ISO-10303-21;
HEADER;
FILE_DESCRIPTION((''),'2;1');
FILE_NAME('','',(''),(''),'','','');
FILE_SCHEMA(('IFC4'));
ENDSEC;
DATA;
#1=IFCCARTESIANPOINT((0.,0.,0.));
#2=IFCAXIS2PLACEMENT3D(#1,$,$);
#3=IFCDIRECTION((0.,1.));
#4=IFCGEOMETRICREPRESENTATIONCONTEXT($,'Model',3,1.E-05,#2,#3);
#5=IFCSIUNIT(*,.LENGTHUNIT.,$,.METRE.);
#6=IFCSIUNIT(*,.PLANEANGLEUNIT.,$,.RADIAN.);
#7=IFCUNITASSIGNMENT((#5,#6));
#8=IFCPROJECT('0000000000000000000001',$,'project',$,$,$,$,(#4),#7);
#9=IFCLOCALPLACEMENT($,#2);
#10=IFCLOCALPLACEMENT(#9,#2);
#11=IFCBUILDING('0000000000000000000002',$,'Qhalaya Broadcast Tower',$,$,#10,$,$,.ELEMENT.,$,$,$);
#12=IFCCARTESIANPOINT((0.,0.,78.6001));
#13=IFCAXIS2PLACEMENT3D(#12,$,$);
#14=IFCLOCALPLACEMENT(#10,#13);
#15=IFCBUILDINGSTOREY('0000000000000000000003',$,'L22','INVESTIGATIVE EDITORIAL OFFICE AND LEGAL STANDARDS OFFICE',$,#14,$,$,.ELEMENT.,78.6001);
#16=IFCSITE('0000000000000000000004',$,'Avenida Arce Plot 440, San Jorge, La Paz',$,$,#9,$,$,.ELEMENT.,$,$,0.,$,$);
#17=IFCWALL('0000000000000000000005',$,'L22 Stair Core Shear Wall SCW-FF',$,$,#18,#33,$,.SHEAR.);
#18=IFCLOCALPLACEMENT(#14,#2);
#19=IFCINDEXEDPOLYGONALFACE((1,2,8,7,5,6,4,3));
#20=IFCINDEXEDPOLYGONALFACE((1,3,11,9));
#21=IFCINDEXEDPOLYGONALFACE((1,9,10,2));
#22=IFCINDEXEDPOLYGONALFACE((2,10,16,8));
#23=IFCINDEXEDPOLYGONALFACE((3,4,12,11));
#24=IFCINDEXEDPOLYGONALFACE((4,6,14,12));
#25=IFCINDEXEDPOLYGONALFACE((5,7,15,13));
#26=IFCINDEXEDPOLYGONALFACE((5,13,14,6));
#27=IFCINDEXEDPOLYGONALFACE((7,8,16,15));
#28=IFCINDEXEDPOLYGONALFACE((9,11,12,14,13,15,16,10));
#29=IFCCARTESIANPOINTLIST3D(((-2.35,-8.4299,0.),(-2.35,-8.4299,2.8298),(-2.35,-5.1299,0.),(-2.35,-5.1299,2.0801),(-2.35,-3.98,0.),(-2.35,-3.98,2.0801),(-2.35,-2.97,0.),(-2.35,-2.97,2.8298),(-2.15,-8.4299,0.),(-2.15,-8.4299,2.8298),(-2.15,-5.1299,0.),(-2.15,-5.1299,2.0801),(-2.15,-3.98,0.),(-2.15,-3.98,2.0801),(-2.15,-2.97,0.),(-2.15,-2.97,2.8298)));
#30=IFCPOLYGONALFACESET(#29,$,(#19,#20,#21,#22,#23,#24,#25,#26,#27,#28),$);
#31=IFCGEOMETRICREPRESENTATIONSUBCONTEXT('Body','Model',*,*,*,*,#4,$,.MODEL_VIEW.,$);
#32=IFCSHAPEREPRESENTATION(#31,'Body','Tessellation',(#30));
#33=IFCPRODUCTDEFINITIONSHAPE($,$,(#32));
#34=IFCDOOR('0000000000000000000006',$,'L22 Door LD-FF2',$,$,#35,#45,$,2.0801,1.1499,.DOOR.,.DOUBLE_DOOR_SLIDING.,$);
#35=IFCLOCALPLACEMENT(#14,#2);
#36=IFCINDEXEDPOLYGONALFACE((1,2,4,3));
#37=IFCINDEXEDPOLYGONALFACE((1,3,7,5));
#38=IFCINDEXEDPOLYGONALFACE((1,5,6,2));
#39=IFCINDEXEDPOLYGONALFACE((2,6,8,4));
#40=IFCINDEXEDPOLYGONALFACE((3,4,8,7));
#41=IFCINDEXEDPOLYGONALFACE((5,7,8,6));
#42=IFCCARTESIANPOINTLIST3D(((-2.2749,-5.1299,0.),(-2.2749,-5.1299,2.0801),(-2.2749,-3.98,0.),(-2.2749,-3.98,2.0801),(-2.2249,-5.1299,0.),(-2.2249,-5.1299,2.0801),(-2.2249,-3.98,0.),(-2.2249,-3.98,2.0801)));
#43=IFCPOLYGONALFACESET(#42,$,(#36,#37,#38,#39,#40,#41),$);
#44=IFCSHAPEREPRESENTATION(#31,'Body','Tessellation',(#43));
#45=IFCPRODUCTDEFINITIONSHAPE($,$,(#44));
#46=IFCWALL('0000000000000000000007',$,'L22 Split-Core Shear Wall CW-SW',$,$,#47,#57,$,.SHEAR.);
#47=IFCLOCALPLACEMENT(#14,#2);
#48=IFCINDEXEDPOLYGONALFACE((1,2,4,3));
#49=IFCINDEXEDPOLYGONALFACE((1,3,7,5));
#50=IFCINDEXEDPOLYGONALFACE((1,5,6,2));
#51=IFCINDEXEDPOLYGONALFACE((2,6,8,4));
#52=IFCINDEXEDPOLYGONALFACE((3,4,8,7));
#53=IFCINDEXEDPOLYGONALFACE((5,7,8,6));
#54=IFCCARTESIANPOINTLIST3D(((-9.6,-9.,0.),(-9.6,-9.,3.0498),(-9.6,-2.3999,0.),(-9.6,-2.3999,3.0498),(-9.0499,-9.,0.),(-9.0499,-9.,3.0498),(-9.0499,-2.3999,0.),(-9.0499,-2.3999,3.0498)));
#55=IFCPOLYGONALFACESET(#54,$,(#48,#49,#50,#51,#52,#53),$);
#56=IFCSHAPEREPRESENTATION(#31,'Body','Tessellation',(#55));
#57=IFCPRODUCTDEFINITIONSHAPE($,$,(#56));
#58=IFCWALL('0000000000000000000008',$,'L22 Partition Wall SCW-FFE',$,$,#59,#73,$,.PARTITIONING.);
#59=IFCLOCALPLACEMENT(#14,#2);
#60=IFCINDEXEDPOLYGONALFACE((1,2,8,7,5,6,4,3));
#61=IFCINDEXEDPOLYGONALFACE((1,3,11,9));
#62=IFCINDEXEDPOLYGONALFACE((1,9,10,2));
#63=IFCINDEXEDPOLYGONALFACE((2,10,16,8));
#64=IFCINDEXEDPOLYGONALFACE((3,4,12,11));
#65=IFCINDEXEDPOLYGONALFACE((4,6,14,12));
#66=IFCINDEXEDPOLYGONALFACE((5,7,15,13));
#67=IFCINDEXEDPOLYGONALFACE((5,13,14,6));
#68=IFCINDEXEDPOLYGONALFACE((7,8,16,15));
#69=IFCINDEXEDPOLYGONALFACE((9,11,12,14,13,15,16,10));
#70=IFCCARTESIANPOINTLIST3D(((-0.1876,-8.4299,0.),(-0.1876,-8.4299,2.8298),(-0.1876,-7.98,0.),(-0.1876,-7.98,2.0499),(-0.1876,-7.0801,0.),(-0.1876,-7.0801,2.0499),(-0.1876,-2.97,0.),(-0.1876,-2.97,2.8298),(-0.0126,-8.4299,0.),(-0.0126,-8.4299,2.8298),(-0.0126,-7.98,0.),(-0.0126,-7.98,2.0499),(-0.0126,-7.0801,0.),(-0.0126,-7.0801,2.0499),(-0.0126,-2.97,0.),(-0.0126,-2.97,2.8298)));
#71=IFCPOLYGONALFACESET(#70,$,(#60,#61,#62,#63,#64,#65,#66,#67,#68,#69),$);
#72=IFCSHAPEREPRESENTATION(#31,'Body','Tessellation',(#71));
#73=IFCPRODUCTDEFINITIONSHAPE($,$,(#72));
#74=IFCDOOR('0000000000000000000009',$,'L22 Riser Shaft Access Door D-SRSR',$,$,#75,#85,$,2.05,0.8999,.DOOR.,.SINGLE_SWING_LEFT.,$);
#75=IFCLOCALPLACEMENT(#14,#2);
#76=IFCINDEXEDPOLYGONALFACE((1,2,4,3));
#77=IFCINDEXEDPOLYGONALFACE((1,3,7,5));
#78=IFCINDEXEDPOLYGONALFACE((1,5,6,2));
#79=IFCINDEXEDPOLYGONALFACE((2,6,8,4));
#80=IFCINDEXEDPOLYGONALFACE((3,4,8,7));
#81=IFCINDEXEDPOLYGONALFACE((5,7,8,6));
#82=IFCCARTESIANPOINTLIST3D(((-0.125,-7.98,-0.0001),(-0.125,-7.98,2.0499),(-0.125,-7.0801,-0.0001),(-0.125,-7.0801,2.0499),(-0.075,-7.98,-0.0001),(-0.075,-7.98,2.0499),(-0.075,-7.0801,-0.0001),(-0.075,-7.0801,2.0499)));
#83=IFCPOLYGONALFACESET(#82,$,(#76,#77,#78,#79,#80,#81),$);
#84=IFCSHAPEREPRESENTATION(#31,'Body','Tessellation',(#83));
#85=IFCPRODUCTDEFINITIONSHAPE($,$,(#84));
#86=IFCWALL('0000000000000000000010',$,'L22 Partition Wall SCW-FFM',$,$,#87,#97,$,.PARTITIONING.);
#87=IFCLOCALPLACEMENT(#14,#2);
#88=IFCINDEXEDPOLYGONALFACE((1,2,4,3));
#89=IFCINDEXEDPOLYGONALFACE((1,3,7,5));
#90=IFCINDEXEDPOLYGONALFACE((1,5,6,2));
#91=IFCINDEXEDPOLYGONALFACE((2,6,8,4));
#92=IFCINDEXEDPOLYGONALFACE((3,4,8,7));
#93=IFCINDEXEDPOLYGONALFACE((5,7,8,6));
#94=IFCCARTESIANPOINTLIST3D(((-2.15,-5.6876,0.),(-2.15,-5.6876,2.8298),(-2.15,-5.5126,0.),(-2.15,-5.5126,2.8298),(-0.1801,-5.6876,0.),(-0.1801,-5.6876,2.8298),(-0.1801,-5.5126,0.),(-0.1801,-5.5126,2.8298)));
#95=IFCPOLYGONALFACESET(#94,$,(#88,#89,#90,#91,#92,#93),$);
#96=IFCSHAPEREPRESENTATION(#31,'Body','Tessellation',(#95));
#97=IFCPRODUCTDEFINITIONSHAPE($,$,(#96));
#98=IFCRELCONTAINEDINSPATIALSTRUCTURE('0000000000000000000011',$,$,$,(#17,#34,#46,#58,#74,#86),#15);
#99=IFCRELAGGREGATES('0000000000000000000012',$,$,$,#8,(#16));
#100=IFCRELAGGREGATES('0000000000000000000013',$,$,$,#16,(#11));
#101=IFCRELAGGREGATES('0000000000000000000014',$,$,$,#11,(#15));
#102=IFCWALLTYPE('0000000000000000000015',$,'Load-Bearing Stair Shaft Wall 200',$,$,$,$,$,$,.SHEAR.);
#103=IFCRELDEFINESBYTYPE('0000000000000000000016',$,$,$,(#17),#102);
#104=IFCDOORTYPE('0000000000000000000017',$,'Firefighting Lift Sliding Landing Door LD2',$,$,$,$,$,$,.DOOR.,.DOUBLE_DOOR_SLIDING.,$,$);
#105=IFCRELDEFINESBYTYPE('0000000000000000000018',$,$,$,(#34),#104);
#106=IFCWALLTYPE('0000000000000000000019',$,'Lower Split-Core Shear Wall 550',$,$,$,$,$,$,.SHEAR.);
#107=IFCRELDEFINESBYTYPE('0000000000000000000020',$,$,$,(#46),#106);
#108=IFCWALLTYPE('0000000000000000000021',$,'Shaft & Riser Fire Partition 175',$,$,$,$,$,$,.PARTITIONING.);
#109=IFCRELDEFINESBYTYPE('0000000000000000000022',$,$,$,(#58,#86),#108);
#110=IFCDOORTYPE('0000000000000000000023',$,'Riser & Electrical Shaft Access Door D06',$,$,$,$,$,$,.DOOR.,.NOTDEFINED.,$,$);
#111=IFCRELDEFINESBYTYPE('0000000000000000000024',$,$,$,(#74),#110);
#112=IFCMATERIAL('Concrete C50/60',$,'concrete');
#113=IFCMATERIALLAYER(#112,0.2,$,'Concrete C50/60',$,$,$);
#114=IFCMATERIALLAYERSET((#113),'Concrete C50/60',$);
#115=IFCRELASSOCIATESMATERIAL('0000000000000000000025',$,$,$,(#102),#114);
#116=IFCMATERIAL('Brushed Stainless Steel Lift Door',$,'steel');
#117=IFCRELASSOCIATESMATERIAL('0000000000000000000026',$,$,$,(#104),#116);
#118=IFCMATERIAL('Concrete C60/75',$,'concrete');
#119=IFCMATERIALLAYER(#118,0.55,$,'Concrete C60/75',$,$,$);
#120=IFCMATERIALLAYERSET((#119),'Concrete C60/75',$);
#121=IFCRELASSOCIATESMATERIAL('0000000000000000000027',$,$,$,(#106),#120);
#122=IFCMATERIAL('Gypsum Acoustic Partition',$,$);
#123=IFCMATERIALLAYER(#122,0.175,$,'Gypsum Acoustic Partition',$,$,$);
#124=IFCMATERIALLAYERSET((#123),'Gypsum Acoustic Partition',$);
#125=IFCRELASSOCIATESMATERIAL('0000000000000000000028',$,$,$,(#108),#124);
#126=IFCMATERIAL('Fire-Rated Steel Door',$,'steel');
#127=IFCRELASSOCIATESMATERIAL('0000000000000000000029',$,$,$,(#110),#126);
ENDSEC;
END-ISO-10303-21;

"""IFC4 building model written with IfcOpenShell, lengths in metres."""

from ifc_helpers import new_model, si_unit, direction, frame, frame_2d, origin, place, context, subcontext, project, spatial, rectangle, extrude, material, layer, layer_set, type_object, element, fill, save


model = new_model("IFC4")

# Units and contexts
model_context = context("Model", 3, precision=1e-05, world=origin(), true_north=direction((0.0, 1.0)))
body_context = subcontext(model_context, "Body", "Model", "MODEL_VIEW")
ifc_project = project(units=[si_unit("LENGTHUNIT", "METRE"), si_unit("PLANEANGLEUNIT", "RADIAN")], contexts=[model_context])

# Site, building, storey
site_placement = place(None, origin())
site = spatial("IfcSite", under=ifc_project, at=site_placement, Name="Avenida Arce Plot 440, San Jorge, La Paz", CompositionType="ELEMENT", RefElevation=0.0)
building_placement = place(site_placement, origin())
building = spatial("IfcBuilding", under=site, at=building_placement, Name="Qhalaya Broadcast Tower", CompositionType="ELEMENT")
storey_placement = place(building_placement, frame((0.0, 0.0, 78.6001)))
storey = spatial("IfcBuildingStorey", under=building, at=storey_placement, Name="L22", Description="INVESTIGATIVE EDITORIAL OFFICE AND LEGAL STANDARDS OFFICE", CompositionType="ELEMENT", Elevation=78.6001)

# Shared definitions
ifc_material_1 = material(Name="Concrete C50/60", Category="concrete")

# Wall, opening, door
ifc_layer_1 = layer(ifc_material_1, 0.2, Name="Concrete C50/60")
ifc_layer_set_1 = layer_set([ifc_layer_1], Name="Concrete C50/60")
wall_type_1 = type_object("IfcWallType", Name="Load-Bearing Stair Shaft Wall 200", PredefinedType="SHEAR", material=ifc_layer_set_1)
ifc_material_2 = material(Name="Fire-Rated Steel Door", Category="steel")
wall_1_placement = place(storey_placement, frame((-2.25, -8.4299, 0.0), z_axis=(0.0, 0.0, 1.0), x_axis=(0.0, 1.0, 0.0)))
wall_1 = element("IfcWall", 1, at=wall_1_placement, inside=storey, type_object=wall_type_1, Name="L22 Stair Core Shear Wall SCW-FF", PredefinedType="SHEAR", context=body_context, shape_type="SweptSolid", body=[
    extrude(rectangle(XDim=5.46, YDim=0.2, at=frame_2d((2.73, 0.0))), origin(), (0.0, 0.0, 1.0), 2.8298),
])
opening_1_placement = place(wall_1_placement, frame((3.3, 0.0, 0.0)))
opening_1 = element("IfcOpeningElement", 2, at=opening_1_placement, cuts=wall_1, PredefinedType="OPENING", context=body_context, shape_type="SweptSolid", body=[
    extrude(rectangle(XDim=1.1499, YDim=2.0801, at=frame_2d((0.575, 1.04))), frame((0.0, 0.1121, 0.0), z_axis=(0.0, -1.0, 0.0), x_axis=(1.0, 0.0, 0.0)), (0.0, 0.0, 1.0), 0.2239),
])
ifc_material_3 = material(Name="Brushed Stainless Steel Lift Door", Category="steel")
door_type_1 = type_object("IfcDoorType", Name="Firefighting Lift Sliding Landing Door LD2", OperationType="DOUBLE_DOOR_SLIDING", PredefinedType="DOOR", material=ifc_material_3)
door_1_placement = place(opening_1_placement, origin())
door_1 = element("IfcDoor", 3, at=door_1_placement, inside=storey, type_object=door_type_1, Name="L22 Door LD-FF2", OperationType="DOUBLE_DOOR_SLIDING", OverallHeight=2.0801, OverallWidth=1.1499, PredefinedType="DOOR", context=body_context, shape_type="SweptSolid", body=[
    extrude(rectangle(XDim=1.1499, YDim=2.0801, at=frame_2d((0.575, 1.04))), frame((0.0, 0.0249, 0.0), z_axis=(0.0, -1.0, 0.0), x_axis=(1.0, 0.0, 0.0)), (0.0, 0.0, 1.0), 0.05),
])
fill(opening_1, door_1)

# Wall
ifc_material_4 = material(Name="Concrete C60/75", Category="concrete")
ifc_layer_2 = layer(ifc_material_4, 0.55, Name="Concrete C60/75")
ifc_layer_set_2 = layer_set([ifc_layer_2], Name="Concrete C60/75")
wall_type_2 = type_object("IfcWallType", Name="Lower Split-Core Shear Wall 550", PredefinedType="SHEAR", material=ifc_layer_set_2)
wall_2_placement = place(storey_placement, frame((-9.325, -9.0, 0.0), z_axis=(0.0, 0.0, 1.0), x_axis=(0.0, 1.0, 0.0)))
element("IfcWall", 4, at=wall_2_placement, inside=storey, type_object=wall_type_2, Name="L22 Split-Core Shear Wall CW-SW", PredefinedType="SHEAR", context=body_context, shape_type="SweptSolid", body=[
    extrude(rectangle(XDim=6.6001, YDim=0.55, at=frame_2d((3.3, 0.0))), origin(), (0.0, 0.0, 1.0), 3.0498),
])

# Wall, opening, door
ifc_material_5 = material(Name="Gypsum Acoustic Partition")
ifc_layer_3 = layer(ifc_material_5, 0.175, Name="Gypsum Acoustic Partition")
ifc_layer_set_3 = layer_set([ifc_layer_3], Name="Gypsum Acoustic Partition")
wall_type_3 = type_object("IfcWallType", Name="Shaft & Riser Fire Partition 175", PredefinedType="PARTITIONING", material=ifc_layer_set_3)
wall_3_placement = place(storey_placement, frame((-0.1001, -8.4299, 0.0), z_axis=(0.0, 0.0, 1.0), x_axis=(0.0, 1.0, 0.0)))
wall_3 = element("IfcWall", 5, at=wall_3_placement, inside=storey, type_object=wall_type_3, Name="L22 Partition Wall SCW-FFE", PredefinedType="PARTITIONING", context=body_context, shape_type="SweptSolid", body=[
    extrude(rectangle(XDim=5.46, YDim=0.175, at=frame_2d((2.73, 0.0))), origin(), (0.0, 0.0, 1.0), 2.8298),
])
opening_2_placement = place(wall_3_placement, frame((0.45, 0.0, 0.0)))
opening_2 = element("IfcOpeningElement", 6, at=opening_2_placement, cuts=wall_3, PredefinedType="OPENING", context=body_context, shape_type="SweptSolid", body=[
    extrude(rectangle(XDim=0.8999, YDim=2.05, at=frame_2d((0.45, 1.0249))), frame((0.0, 0.0996, 0.0), z_axis=(0.0, -1.0, 0.0), x_axis=(1.0, 0.0, 0.0)), (0.0, 0.0, 1.0), 0.199),
])
door_type_2 = type_object("IfcDoorType", Name="Riser & Electrical Shaft Access Door D06", OperationType="NOTDEFINED", PredefinedType="DOOR", material=ifc_material_2)
door_2_placement = place(opening_2_placement, origin())
door_2 = element("IfcDoor", 7, at=door_2_placement, inside=storey, type_object=door_type_2, Name="L22 Riser Shaft Access Door D-SRSR", OperationType="SINGLE_SWING_LEFT", OverallHeight=2.05, OverallWidth=0.8999, PredefinedType="DOOR", context=body_context, shape_type="SweptSolid", body=[
    extrude(rectangle(XDim=0.8999, YDim=2.05, at=frame_2d((0.45, 1.0249))), frame((0.0, 0.0249, 0.0), z_axis=(0.0, -1.0, 0.0), x_axis=(1.0, 0.0, 0.0)), (0.0, 0.0, 1.0), 0.05),
])
fill(opening_2, door_2)

# Wall
wall_4_placement = place(storey_placement, frame((-2.1499, -5.6001, 0.0), z_axis=(0.0, 0.0, 1.0), x_axis=(1.0, 0.0, 0.0)))
element("IfcWall", 8, at=wall_4_placement, inside=storey, type_object=wall_type_3, Name="L22 Partition Wall SCW-FFM", PredefinedType="PARTITIONING", context=body_context, shape_type="SweptSolid", body=[
    extrude(rectangle(XDim=1.97, YDim=0.175, at=frame_2d((0.9849, 0.0))), origin(), (0.0, 0.0, 1.0), 2.8298),
])

save(model, "model.ifc")
